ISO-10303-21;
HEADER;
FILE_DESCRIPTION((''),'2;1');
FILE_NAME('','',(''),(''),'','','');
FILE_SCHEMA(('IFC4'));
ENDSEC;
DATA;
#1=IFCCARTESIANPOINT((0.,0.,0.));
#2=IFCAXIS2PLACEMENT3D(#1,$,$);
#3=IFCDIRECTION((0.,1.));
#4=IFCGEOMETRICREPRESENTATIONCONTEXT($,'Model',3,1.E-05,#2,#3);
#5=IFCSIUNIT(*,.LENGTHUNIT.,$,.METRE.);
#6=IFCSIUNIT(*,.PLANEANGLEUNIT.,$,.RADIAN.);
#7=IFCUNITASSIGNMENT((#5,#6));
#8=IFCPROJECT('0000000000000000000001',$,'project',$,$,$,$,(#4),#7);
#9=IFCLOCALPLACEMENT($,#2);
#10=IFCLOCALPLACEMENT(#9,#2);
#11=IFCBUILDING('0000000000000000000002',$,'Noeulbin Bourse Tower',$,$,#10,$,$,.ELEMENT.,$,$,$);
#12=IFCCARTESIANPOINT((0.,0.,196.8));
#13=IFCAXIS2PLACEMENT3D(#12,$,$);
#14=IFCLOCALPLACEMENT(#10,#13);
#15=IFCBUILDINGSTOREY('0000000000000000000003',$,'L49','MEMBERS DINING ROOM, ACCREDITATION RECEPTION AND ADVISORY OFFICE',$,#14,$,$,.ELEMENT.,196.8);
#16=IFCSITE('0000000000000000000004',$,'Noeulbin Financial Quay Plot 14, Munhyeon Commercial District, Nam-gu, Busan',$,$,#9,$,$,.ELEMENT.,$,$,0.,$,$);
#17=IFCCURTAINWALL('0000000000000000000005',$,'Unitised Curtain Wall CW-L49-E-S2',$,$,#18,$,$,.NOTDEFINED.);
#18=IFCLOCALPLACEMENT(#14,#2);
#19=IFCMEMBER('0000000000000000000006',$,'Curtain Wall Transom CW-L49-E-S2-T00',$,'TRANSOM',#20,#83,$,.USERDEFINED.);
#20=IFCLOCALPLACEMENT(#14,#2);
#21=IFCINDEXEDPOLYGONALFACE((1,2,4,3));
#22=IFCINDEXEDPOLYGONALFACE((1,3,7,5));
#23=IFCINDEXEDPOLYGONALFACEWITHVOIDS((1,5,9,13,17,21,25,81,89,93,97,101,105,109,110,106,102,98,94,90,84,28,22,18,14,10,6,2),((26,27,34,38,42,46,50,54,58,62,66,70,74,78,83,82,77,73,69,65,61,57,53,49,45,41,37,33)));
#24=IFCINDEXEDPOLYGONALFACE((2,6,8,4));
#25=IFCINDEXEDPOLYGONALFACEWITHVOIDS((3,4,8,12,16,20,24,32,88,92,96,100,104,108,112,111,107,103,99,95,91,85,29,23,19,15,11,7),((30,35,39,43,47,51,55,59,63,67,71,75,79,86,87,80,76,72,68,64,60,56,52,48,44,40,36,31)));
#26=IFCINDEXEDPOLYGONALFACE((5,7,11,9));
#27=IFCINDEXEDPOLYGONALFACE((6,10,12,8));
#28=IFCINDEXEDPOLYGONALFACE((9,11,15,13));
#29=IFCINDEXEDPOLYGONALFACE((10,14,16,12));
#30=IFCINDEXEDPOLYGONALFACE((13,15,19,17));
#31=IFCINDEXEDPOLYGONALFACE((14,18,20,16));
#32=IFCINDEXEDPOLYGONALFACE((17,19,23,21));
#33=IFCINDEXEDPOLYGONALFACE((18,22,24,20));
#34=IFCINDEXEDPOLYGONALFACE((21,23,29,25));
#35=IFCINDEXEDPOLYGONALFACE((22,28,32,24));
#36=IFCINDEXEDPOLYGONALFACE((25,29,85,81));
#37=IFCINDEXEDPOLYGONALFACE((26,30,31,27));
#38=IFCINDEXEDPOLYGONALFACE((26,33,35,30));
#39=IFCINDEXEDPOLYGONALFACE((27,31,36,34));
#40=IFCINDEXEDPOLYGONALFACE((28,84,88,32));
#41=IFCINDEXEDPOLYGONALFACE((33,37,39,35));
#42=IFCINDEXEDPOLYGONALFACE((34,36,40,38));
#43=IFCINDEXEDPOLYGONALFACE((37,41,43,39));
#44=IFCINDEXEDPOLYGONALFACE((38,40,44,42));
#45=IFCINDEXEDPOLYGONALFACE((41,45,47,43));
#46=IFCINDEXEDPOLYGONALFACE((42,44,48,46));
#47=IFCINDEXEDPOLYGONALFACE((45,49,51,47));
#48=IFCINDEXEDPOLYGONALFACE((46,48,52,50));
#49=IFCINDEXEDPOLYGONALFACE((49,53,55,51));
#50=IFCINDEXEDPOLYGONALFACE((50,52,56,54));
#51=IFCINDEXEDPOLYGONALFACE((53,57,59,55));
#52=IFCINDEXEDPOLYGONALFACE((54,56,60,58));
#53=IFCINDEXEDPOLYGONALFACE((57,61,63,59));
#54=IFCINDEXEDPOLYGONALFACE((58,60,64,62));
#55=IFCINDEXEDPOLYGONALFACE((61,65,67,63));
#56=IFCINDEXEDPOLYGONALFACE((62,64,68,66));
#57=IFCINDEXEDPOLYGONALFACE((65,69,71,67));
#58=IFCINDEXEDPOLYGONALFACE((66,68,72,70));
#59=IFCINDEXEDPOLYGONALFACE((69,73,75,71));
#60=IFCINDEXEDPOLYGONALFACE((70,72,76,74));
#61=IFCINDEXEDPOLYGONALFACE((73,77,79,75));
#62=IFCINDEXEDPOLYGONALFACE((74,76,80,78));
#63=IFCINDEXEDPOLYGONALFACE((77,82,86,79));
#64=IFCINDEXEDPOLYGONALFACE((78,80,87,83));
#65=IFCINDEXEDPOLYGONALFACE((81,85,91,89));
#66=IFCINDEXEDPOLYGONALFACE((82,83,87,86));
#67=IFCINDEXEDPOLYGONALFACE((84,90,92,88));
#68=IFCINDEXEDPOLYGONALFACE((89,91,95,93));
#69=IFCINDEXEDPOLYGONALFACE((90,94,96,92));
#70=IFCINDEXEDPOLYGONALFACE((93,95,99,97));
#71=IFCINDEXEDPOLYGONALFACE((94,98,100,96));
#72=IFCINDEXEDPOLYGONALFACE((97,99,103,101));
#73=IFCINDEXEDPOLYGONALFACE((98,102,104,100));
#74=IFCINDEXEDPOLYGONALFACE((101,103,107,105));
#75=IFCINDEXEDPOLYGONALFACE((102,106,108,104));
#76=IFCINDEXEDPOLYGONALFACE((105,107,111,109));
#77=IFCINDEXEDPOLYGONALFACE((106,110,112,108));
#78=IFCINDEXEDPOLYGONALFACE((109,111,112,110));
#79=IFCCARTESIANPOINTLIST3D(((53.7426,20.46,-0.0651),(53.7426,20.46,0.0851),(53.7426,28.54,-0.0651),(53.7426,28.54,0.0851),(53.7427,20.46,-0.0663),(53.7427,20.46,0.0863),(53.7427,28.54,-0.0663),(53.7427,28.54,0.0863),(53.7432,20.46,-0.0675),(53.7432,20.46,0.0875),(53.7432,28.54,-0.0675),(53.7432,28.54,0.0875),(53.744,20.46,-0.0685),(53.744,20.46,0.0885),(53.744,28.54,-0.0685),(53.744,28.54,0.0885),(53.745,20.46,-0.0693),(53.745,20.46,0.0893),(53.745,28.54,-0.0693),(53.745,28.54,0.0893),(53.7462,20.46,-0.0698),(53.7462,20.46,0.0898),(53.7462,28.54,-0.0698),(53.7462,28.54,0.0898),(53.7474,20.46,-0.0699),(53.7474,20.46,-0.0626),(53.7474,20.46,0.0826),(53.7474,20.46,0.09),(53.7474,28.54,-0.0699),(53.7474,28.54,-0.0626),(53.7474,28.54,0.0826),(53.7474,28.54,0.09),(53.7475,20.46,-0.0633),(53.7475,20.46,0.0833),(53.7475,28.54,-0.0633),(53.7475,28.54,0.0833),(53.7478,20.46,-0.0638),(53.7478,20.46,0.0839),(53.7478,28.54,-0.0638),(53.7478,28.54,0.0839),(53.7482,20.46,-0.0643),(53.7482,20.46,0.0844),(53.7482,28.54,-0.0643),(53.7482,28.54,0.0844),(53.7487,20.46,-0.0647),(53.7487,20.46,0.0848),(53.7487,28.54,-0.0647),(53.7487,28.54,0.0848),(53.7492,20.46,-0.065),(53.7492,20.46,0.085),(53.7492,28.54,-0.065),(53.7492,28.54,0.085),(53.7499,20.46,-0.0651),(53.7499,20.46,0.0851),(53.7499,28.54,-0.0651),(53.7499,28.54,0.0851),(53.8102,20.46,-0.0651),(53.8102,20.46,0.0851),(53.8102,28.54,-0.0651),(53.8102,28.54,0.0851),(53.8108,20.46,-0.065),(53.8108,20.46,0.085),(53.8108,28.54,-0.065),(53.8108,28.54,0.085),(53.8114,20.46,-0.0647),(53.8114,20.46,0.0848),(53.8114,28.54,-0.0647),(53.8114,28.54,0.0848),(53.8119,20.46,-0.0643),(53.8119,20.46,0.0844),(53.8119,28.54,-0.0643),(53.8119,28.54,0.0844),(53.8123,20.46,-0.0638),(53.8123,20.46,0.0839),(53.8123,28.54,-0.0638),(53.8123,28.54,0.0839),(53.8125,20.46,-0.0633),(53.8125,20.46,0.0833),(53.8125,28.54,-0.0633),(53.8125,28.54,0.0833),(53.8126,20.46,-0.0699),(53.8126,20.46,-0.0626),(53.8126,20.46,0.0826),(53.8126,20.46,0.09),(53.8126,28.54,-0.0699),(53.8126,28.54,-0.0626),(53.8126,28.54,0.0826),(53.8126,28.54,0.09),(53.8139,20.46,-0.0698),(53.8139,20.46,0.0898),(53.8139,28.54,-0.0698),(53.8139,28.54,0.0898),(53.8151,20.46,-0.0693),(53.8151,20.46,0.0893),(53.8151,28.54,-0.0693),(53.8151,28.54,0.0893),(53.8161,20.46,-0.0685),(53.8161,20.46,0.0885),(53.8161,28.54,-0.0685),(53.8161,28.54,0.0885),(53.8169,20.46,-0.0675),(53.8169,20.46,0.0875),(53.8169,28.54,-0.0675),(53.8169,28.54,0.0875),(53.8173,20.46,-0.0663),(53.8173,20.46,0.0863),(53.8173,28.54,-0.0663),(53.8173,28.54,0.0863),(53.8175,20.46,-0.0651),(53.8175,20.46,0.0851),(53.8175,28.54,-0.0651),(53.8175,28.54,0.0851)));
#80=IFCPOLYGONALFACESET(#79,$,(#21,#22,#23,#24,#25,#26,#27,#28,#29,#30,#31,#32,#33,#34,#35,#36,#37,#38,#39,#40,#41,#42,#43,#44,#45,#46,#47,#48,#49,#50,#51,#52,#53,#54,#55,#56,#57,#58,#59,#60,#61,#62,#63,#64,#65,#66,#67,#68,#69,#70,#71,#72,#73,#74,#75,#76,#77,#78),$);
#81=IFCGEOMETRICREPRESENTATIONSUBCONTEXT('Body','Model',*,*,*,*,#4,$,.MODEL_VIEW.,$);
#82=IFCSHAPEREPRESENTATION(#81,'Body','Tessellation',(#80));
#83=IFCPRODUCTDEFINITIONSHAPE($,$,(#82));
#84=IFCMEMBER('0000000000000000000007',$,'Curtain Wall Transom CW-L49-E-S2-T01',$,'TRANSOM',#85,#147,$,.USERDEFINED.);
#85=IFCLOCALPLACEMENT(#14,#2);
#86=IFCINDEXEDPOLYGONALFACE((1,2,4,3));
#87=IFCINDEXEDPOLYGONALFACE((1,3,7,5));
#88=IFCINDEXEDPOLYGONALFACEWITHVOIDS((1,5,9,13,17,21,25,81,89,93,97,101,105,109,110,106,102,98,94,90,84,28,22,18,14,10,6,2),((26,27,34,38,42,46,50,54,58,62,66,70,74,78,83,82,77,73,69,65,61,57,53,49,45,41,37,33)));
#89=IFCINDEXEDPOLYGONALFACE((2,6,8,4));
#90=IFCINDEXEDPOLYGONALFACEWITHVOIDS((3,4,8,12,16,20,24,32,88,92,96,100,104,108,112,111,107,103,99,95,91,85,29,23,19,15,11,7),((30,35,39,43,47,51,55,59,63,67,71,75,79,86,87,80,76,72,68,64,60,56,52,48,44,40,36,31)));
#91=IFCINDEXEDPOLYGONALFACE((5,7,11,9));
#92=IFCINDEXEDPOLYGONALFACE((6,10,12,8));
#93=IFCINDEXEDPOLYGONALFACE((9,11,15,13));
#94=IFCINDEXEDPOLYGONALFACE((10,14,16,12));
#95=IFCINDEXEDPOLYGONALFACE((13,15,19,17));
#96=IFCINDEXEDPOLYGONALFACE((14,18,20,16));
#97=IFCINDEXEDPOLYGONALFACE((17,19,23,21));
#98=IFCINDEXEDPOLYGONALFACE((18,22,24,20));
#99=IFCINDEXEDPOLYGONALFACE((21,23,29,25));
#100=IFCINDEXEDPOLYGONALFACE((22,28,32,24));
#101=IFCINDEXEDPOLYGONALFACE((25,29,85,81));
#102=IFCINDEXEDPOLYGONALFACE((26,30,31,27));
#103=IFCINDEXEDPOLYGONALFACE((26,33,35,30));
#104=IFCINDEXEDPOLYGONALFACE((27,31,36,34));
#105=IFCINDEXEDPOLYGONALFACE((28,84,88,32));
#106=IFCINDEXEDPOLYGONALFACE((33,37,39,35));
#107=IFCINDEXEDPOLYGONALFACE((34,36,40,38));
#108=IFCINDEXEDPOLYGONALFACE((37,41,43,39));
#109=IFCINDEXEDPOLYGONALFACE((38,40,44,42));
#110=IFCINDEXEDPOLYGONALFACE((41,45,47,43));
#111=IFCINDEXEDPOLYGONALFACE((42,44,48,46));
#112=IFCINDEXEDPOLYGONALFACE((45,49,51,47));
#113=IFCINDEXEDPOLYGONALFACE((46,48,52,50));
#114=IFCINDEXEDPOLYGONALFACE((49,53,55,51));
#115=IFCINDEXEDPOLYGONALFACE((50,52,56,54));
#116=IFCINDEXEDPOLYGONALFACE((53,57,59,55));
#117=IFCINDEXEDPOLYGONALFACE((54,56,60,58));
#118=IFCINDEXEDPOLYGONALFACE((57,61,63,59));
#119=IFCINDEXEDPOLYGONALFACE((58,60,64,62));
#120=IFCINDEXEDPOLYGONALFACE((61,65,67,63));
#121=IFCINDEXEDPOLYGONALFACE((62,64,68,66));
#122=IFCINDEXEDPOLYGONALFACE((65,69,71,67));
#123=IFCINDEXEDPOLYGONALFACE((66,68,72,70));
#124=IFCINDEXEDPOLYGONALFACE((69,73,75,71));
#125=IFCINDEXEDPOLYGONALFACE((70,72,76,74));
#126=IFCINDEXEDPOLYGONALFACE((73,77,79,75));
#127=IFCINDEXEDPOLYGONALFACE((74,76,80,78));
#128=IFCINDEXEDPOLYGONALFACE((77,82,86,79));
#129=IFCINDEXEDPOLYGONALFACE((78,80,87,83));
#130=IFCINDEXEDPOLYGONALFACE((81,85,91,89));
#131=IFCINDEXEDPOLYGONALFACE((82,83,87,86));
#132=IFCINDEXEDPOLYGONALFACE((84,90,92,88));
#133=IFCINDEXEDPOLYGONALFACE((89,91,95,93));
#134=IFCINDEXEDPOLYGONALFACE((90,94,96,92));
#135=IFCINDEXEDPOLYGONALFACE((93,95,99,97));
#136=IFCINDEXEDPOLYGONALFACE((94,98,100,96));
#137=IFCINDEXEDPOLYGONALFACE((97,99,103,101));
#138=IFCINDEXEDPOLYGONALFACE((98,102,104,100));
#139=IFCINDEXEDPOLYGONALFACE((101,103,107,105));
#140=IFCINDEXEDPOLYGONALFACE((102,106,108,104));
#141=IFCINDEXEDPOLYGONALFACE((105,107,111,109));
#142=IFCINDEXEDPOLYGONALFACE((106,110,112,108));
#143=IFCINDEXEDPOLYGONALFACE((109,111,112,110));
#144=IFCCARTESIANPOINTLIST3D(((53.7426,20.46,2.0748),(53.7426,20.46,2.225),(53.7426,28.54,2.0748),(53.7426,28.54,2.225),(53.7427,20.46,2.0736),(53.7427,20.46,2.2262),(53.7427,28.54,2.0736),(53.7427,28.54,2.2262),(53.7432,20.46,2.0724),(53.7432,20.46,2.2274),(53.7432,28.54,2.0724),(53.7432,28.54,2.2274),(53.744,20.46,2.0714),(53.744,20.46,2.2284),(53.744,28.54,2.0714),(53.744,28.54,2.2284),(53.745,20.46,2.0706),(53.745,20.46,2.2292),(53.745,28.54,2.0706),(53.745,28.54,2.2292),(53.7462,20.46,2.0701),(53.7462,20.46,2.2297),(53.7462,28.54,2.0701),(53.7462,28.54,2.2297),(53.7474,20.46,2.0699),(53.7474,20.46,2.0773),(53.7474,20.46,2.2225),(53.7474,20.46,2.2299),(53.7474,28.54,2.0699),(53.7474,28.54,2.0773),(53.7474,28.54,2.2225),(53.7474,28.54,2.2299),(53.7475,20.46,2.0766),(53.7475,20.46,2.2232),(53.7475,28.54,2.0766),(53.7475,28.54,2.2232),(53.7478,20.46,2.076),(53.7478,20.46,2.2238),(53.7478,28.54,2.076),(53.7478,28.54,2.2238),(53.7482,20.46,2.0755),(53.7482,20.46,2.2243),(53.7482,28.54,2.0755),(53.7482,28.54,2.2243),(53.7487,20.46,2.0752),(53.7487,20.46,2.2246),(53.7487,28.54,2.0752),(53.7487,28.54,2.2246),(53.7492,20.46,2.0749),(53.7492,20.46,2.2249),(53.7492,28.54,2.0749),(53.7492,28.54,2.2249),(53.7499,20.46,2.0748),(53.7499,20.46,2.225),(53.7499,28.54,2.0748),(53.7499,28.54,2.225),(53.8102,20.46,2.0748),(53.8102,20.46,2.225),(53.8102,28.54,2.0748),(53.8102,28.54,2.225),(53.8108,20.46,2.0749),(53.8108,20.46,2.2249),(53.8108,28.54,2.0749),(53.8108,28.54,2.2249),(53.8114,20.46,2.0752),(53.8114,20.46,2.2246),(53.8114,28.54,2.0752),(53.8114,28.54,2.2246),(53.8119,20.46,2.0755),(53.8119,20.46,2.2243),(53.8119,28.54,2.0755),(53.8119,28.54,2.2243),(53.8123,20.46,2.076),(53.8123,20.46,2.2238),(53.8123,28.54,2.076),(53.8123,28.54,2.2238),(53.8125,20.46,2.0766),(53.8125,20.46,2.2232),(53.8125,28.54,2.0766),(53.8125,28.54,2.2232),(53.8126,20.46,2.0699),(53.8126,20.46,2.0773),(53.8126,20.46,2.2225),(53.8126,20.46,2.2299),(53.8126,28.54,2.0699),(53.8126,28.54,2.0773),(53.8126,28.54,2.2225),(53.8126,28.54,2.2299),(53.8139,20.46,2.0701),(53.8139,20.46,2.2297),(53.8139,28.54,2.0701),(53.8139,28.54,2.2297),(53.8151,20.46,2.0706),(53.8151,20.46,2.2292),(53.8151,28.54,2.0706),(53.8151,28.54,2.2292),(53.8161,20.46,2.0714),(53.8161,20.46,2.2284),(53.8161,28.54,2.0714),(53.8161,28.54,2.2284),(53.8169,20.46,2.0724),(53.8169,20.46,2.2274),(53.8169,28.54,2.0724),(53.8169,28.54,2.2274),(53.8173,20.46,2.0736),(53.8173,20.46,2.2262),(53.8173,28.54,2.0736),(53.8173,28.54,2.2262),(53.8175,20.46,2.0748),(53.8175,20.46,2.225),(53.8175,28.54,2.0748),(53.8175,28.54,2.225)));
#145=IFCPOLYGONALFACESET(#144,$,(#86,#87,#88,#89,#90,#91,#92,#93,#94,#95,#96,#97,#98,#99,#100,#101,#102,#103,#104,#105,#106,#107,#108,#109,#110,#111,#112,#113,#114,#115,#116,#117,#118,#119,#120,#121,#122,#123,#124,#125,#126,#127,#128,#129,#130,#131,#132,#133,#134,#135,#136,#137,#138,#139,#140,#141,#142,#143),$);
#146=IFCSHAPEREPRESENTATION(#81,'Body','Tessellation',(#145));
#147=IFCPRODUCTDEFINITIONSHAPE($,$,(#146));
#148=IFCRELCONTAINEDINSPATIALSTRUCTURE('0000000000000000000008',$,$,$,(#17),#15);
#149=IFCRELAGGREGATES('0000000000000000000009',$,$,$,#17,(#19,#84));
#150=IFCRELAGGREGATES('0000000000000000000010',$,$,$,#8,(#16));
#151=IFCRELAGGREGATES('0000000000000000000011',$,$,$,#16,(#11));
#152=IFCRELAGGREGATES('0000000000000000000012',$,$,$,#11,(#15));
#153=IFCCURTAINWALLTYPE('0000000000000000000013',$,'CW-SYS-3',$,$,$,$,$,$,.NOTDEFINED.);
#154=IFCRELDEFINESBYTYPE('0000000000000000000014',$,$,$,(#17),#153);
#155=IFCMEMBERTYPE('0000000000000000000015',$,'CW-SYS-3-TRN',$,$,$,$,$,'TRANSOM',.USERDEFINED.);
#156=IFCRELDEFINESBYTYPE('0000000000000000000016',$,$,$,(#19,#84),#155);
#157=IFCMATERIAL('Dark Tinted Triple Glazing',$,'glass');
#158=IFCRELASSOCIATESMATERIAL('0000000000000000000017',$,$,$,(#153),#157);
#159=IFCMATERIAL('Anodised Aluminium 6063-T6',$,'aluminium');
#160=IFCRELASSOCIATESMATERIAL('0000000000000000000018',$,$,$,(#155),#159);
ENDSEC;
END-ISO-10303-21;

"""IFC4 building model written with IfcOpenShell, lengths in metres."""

from ifc_helpers import new_model, si_unit, direction, frame, origin, origin_2d, place, context, subcontext, project, spatial, hollow_rectangle, extrude, material, material_profile, profile_set, type_object, element, aggregate, save


model = new_model("IFC4")

# Units and contexts
model_context = context("Model", 3, precision=1e-05, world=origin(), true_north=direction((0.0, 1.0)))
body_context = subcontext(model_context, "Body", "Model", "MODEL_VIEW")
ifc_project = project(units=[si_unit("LENGTHUNIT", "METRE"), si_unit("PLANEANGLEUNIT", "RADIAN")], contexts=[model_context])

# Site, building, storey
site_placement = place(None, origin())
site = spatial("IfcSite", under=ifc_project, at=site_placement, Name="Noeulbin Financial Quay Plot 14, Munhyeon Commercial District, Nam-gu, Busan", CompositionType="ELEMENT", RefElevation=0.0)
building_placement = place(site_placement, origin())
building = spatial("IfcBuilding", under=site, at=building_placement, Name="Noeulbin Bourse Tower", CompositionType="ELEMENT")
storey_placement = place(building_placement, frame((0.0, 0.0, 196.8)))
storey = spatial("IfcBuildingStorey", under=building, at=storey_placement, Name="L49", Description="MEMBERS DINING ROOM, ACCREDITATION RECEPTION AND ADVISORY OFFICE", CompositionType="ELEMENT", Elevation=196.8)

# Curtain wall
ifc_material_1 = material(Name="Dark Tinted Triple Glazing", Category="glass")
curtain_wall_type = type_object("IfcCurtainWallType", Name="CW-SYS-3", PredefinedType="NOTDEFINED", material=ifc_material_1)
curtain_wall_1_placement = place(storey_placement, origin())
curtain_wall_1 = element("IfcCurtainWall", 1, at=curtain_wall_1_placement, inside=storey, type_object=curtain_wall_type, Name="Unitised Curtain Wall CW-L49-E-S2", PredefinedType="NOTDEFINED")
ifc_material_2 = material(Name="Anodised Aluminium 6063-T6", Category="aluminium")

# Members
ifc_material_profile_1 = material_profile(ifc_material_2, hollow_rectangle(XDim=0.075, YDim=0.1599, WallThickness=0.0049, InnerFilletRadius=0.0024, OuterFilletRadius=0.0049, at=origin_2d()), Name="ALU-TRAN-75x160x5", Category="LoadBearing")
ifc_profile_set_1 = profile_set([ifc_material_profile_1], Name="Anodised Aluminium 6063-T6")
member_type_1 = type_object("IfcMemberType", Name="CW-SYS-3-TRN", ElementType="TRANSOM", PredefinedType="USERDEFINED", material=ifc_profile_set_1)
member_1_placement = place(storey_placement, frame((53.78, 20.46, 0.01), z_axis=(0.0, 1.0, 0.0), x_axis=(-1.0, 0.0, 0.0)))
member_1 = element("IfcMember", 2, at=member_1_placement, type_object=member_type_1, Name="Curtain Wall Transom CW-L49-E-S2-T00", ObjectType="TRANSOM", PredefinedType="USERDEFINED", context=body_context, shape_type="SweptSolid", body=[
    extrude(hollow_rectangle(XDim=0.075, YDim=0.1599, WallThickness=0.0049, InnerFilletRadius=0.0024, OuterFilletRadius=0.0049, at=origin_2d()), origin(), (0.0, 0.0, 1.0), 8.0801),
])
member_2_placement = place(storey_placement, frame((53.78, 20.46, 2.1499), z_axis=(0.0, 1.0, 0.0), x_axis=(-1.0, 0.0, 0.0)))
member_2 = element("IfcMember", 3, at=member_2_placement, type_object=member_type_1, Name="Curtain Wall Transom CW-L49-E-S2-T01", ObjectType="TRANSOM", PredefinedType="USERDEFINED", context=body_context, shape_type="SweptSolid", body=[
    extrude(hollow_rectangle(XDim=0.075, YDim=0.1599, WallThickness=0.0049, InnerFilletRadius=0.0024, OuterFilletRadius=0.0049, at=origin_2d()), origin(), (0.0, 0.0, 1.0), 8.0801),
])

aggregate(curtain_wall_1, [member_1, member_2])

save(model, "model.ifc")
